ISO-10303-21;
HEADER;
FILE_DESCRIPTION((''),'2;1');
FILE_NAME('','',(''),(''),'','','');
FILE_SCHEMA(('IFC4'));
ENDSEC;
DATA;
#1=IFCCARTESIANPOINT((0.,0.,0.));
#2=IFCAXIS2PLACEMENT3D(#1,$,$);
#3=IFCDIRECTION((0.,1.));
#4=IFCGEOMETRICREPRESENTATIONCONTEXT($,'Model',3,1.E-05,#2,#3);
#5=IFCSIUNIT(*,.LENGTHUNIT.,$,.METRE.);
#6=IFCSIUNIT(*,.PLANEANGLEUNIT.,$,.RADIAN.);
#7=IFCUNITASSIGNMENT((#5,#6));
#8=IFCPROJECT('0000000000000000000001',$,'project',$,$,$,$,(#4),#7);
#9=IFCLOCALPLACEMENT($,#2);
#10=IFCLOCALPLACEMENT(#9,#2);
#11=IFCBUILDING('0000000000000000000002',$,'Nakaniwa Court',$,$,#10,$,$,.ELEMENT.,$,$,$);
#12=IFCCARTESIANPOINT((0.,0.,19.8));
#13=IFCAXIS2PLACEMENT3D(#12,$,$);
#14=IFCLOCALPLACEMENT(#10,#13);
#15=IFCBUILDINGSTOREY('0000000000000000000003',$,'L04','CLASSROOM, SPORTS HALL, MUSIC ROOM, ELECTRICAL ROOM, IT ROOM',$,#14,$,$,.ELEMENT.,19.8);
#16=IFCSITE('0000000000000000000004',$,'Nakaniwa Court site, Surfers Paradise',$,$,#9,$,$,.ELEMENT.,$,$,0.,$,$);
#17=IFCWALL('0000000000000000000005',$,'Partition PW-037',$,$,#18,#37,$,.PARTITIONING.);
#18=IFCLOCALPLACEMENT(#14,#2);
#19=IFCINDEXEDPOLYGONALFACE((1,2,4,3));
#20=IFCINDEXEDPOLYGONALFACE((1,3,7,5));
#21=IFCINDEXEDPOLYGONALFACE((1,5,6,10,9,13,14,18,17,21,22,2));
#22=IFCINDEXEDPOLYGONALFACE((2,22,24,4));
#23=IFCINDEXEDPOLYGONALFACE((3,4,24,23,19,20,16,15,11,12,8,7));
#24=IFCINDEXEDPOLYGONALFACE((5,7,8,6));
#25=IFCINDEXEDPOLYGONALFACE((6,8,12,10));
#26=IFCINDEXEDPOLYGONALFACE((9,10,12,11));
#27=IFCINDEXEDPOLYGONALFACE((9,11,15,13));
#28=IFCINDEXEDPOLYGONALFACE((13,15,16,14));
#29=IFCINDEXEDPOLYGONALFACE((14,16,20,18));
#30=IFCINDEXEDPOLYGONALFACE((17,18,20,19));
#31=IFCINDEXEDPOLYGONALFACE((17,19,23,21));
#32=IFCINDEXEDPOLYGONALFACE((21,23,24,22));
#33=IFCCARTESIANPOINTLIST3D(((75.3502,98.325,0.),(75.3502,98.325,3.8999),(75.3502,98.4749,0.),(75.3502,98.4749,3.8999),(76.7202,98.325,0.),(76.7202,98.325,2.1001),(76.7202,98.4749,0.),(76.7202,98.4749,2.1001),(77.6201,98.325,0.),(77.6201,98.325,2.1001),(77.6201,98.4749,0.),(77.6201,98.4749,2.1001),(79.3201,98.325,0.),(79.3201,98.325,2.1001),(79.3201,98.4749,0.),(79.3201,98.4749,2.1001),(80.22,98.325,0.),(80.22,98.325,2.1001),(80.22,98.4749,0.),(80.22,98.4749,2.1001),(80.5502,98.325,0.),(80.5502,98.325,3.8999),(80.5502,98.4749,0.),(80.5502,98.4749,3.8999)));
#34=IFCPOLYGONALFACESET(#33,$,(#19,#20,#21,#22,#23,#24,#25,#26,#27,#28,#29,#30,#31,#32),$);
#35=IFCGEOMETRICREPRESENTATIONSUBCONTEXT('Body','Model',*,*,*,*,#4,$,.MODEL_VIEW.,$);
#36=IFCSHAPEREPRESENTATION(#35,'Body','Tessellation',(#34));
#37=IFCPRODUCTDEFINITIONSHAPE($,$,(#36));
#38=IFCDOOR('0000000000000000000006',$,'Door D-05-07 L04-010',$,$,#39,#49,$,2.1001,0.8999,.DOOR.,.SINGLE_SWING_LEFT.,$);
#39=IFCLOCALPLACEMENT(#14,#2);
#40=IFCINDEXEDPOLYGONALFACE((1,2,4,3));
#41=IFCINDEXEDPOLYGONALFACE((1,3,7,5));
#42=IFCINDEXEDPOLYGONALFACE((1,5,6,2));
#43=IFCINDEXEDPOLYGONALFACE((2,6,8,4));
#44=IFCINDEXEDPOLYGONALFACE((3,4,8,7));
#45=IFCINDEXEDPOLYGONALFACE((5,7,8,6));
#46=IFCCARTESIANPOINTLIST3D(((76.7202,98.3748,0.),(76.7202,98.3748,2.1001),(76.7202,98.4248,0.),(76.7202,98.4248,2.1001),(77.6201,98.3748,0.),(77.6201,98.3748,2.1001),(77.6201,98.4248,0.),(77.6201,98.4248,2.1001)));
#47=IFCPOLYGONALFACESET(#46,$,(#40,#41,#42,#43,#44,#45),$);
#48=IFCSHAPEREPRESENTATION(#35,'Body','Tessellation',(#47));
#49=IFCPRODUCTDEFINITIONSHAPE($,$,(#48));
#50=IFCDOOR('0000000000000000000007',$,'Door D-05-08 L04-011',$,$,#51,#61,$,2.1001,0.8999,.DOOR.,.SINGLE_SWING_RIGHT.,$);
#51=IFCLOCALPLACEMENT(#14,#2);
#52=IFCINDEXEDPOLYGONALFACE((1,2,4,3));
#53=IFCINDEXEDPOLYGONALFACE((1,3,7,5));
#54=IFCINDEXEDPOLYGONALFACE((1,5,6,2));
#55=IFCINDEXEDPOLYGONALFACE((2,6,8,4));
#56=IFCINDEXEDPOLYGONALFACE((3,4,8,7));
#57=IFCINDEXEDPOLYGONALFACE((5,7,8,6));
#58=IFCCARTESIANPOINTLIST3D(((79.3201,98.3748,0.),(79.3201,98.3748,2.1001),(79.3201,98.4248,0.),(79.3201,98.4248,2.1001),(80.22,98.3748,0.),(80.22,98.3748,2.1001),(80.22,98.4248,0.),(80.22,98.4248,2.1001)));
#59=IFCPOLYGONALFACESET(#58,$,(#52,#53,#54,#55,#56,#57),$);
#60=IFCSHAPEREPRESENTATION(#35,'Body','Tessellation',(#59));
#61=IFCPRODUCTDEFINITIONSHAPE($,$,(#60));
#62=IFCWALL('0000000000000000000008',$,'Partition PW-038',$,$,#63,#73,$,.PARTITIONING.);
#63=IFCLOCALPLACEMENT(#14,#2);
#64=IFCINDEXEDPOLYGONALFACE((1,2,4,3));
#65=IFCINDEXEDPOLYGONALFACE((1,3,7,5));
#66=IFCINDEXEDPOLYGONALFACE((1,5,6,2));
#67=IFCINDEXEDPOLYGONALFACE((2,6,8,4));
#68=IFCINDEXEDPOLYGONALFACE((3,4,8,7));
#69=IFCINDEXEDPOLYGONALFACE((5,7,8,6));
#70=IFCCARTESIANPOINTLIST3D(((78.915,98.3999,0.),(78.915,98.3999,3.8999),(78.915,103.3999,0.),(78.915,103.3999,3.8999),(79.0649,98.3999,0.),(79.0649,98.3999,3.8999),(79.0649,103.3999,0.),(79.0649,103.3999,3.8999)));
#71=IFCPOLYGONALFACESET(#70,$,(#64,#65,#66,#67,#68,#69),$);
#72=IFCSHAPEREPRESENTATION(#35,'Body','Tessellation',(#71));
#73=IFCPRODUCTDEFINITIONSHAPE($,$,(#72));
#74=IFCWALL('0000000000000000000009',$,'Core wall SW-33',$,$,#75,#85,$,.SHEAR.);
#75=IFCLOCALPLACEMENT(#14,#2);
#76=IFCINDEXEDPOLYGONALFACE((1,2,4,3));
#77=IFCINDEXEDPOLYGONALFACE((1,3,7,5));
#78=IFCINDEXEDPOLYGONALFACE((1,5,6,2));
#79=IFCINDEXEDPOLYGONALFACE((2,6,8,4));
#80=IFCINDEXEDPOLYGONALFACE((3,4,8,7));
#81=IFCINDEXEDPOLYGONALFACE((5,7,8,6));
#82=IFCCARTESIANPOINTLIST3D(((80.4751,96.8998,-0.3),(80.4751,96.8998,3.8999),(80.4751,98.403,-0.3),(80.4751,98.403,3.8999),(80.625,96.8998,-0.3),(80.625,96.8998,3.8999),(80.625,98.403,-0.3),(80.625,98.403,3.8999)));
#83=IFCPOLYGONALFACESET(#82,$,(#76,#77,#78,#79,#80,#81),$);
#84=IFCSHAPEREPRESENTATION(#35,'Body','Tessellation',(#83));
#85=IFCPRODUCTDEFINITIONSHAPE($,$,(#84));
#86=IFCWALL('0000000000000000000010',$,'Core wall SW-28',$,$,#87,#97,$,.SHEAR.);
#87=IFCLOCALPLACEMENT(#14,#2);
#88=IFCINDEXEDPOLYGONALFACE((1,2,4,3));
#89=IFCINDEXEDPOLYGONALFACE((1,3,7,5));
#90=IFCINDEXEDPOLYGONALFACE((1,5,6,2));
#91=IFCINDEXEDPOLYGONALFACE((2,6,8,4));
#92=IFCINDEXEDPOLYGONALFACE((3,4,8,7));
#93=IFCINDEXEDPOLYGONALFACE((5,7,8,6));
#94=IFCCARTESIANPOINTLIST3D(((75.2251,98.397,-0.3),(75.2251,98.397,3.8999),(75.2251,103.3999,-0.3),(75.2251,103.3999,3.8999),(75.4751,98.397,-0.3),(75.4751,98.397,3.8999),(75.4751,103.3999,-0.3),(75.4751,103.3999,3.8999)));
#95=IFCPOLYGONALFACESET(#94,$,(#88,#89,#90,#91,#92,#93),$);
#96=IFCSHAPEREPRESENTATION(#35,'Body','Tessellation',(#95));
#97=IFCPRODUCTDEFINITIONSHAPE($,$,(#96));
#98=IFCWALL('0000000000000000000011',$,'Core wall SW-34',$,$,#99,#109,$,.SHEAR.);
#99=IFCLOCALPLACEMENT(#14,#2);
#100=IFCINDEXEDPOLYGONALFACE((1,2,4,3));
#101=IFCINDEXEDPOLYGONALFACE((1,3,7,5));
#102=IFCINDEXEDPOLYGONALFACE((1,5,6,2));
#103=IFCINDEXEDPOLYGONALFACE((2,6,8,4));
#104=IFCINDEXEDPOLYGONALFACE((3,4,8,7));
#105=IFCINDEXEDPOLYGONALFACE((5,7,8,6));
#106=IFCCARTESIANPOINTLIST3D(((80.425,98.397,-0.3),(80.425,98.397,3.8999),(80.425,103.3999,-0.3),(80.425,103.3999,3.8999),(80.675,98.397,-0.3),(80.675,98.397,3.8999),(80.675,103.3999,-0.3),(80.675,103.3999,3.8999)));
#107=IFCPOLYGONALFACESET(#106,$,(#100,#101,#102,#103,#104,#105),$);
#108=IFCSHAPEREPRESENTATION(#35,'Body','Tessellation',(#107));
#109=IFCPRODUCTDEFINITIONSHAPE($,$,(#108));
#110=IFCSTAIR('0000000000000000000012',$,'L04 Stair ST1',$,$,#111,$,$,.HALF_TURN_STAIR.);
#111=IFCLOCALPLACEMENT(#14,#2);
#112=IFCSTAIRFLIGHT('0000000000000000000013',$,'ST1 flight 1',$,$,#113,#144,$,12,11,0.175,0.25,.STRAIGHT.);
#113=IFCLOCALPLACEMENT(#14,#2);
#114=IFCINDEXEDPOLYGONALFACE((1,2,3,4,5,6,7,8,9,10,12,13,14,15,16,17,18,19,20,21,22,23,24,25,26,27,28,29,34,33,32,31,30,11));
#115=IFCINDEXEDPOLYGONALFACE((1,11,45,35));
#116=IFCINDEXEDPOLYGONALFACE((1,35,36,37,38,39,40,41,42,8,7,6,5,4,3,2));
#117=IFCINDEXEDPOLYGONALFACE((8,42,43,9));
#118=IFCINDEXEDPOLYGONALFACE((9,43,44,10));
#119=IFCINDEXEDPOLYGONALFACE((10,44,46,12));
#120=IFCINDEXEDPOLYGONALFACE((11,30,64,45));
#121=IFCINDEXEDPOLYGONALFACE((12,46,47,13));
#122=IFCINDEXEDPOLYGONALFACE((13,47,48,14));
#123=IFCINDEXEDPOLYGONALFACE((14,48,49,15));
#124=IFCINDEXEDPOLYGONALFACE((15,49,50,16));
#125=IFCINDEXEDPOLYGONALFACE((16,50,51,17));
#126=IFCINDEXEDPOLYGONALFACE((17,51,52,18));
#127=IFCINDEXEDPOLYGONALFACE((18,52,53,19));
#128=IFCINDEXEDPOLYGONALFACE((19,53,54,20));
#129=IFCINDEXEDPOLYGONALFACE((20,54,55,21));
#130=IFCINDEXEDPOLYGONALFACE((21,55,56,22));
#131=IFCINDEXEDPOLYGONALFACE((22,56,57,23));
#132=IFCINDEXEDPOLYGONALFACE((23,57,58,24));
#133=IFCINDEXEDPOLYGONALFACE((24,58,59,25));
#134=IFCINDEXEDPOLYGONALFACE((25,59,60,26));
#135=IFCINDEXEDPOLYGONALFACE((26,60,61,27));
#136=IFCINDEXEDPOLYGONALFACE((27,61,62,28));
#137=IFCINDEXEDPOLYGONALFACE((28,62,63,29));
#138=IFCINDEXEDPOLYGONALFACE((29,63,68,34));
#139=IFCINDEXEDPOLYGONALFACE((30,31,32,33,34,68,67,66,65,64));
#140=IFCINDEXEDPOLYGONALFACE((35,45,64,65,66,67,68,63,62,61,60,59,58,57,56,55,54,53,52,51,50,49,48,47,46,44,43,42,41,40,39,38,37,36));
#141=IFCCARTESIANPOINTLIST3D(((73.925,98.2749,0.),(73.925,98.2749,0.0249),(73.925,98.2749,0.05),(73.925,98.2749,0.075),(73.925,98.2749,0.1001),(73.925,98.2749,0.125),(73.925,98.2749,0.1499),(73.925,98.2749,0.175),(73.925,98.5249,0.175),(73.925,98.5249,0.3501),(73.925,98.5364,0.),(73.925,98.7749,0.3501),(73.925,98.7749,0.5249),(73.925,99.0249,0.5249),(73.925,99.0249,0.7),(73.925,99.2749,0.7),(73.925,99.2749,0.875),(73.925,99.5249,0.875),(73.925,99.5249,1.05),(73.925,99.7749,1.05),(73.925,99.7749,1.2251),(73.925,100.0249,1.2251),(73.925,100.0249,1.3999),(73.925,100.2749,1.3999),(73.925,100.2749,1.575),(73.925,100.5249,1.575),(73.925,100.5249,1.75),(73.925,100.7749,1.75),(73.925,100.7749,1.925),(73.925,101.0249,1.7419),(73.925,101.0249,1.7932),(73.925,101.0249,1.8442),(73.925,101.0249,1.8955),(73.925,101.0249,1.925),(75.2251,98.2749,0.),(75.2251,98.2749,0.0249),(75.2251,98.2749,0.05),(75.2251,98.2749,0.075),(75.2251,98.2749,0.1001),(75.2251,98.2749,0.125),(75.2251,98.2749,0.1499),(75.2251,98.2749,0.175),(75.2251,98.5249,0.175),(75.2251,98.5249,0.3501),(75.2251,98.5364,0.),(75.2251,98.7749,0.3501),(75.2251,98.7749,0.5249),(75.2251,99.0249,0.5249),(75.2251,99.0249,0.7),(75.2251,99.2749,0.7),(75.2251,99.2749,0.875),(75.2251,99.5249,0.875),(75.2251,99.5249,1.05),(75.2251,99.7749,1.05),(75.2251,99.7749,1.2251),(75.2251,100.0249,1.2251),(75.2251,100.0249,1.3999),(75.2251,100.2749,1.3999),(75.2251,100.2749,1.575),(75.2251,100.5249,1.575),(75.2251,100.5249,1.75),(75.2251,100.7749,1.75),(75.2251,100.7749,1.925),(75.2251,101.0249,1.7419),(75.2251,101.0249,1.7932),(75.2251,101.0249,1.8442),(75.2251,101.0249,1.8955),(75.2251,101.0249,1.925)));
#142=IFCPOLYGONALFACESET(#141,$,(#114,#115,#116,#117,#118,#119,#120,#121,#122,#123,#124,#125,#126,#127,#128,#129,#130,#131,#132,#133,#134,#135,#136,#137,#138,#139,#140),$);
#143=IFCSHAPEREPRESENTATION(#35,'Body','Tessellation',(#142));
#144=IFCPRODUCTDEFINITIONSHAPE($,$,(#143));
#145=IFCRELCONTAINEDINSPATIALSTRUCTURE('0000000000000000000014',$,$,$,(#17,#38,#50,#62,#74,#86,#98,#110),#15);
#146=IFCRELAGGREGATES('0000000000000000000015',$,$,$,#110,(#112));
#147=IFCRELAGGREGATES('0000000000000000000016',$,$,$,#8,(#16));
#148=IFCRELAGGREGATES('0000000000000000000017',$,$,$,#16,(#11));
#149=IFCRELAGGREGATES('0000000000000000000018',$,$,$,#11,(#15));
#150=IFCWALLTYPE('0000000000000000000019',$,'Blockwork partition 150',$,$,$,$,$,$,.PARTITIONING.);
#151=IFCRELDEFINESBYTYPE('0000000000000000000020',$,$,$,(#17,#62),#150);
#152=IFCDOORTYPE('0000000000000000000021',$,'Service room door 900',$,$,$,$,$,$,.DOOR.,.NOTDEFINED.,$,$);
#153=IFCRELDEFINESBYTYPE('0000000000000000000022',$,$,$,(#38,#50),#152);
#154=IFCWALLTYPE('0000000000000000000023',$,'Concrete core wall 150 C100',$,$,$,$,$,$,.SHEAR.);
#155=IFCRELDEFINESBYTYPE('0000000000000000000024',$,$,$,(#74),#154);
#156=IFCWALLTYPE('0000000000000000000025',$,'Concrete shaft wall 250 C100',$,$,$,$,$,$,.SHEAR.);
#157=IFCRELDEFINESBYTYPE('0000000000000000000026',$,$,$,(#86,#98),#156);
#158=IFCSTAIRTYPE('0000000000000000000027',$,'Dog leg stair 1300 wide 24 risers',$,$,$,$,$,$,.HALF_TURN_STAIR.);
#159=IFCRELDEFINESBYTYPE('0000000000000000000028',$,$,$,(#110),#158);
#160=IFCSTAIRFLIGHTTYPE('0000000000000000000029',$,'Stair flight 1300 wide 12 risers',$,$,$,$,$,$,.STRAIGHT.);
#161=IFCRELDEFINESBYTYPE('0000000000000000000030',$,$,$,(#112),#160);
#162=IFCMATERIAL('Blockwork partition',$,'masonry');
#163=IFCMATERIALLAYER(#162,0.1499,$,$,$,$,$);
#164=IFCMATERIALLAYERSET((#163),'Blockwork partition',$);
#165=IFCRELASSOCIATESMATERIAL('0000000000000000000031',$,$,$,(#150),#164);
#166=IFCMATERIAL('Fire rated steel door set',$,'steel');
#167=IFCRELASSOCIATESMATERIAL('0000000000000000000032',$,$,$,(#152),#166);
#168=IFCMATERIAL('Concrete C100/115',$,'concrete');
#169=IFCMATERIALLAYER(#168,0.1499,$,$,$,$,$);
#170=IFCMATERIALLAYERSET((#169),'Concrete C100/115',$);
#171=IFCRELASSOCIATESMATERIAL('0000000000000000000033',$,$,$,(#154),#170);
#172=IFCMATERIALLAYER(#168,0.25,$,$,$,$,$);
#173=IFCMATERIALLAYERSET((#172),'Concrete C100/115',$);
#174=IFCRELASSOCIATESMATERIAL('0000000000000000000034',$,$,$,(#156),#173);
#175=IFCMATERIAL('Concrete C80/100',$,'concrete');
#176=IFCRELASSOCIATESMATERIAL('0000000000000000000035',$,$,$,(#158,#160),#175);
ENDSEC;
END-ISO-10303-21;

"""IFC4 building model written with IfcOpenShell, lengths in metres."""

from ifc_helpers import new_model, si_unit, direction, frame, frame_2d, origin, place, context, subcontext, project, spatial, polyline, rectangle, outline, extrude, material, layer, layer_set, type_object, element, fill, aggregate, save


model = new_model("IFC4")

# Units and contexts
model_context = context("Model", 3, precision=1e-05, world=origin(), true_north=direction((0.0, 1.0)))
body_context = subcontext(model_context, "Body", "Model", "MODEL_VIEW")
ifc_project = project(units=[si_unit("LENGTHUNIT", "METRE"), si_unit("PLANEANGLEUNIT", "RADIAN")], contexts=[model_context])

# Site, building, storey
site_placement = place(None, origin())
site = spatial("IfcSite", under=ifc_project, at=site_placement, Name="Nakaniwa Court site, Surfers Paradise", CompositionType="ELEMENT", RefElevation=0.0)
building_placement = place(site_placement, origin())
building = spatial("IfcBuilding", under=site, at=building_placement, Name="Nakaniwa Court", CompositionType="ELEMENT")
storey_placement = place(building_placement, frame((0.0, 0.0, 19.8)))
storey = spatial("IfcBuildingStorey", under=building, at=storey_placement, Name="L04", Description="CLASSROOM, SPORTS HALL, MUSIC ROOM, ELECTRICAL ROOM, IT ROOM", CompositionType="ELEMENT", Elevation=19.8)

# Wall, openings, doors
ifc_material_1 = material(Name="Blockwork partition", Category="masonry")
ifc_layer_1 = layer(ifc_material_1, 0.1499)
ifc_layer_set_1 = layer_set([ifc_layer_1], Name="Blockwork partition")
wall_type_1 = type_object("IfcWallType", Name="Blockwork partition 150", PredefinedType="PARTITIONING", material=ifc_layer_set_1)
wall_1_placement = place(storey_placement, frame((75.3501, 98.3999, 0.0), z_axis=(0.0, 0.0, 1.0), x_axis=(1.0, 0.0, 0.0)))
wall_1 = element("IfcWall", 1, at=wall_1_placement, inside=storey, type_object=wall_type_1, Name="Partition PW-037", PredefinedType="PARTITIONING", context=body_context, shape_type="SweptSolid", body=[
    extrude(rectangle(XDim=5.2, YDim=0.1499, at=frame_2d((2.6001, 0.0))), origin(), (0.0, 0.0, 1.0), 3.8999),
])
opening_1_placement = place(wall_1_placement, frame((1.3701, 0.0, 0.0)))
opening_1 = element("IfcOpeningElement", 2, at=opening_1_placement, cuts=wall_1, PredefinedType="OPENING", context=body_context, shape_type="SweptSolid", body=[
    extrude(rectangle(XDim=0.8999, YDim=2.1001, at=frame_2d((0.45, 1.05))), frame((0.0, 0.085, 0.0), z_axis=(0.0, -1.0, 0.0), x_axis=(1.0, 0.0, 0.0)), (0.0, 0.0, 1.0), 0.1699),
])
opening_2_placement = place(wall_1_placement, frame((3.97, 0.0, 0.0)))
opening_2 = element("IfcOpeningElement", 3, at=opening_2_placement, cuts=wall_1, PredefinedType="OPENING", context=body_context, shape_type="SweptSolid", body=[
    extrude(rectangle(XDim=0.8999, YDim=2.1001, at=frame_2d((0.45, 1.05))), frame((0.0, 0.085, 0.0), z_axis=(0.0, -1.0, 0.0), x_axis=(1.0, 0.0, 0.0)), (0.0, 0.0, 1.0), 0.1699),
])
ifc_material_2 = material(Name="Fire rated steel door set", Category="steel")
door_type = type_object("IfcDoorType", Name="Service room door 900", OperationType="NOTDEFINED", PredefinedType="DOOR", material=ifc_material_2)
door_1_placement = place(opening_1_placement, origin())
door_1 = element("IfcDoor", 4, at=door_1_placement, inside=storey, type_object=door_type, Name="Door D-05-07 L04-010", OperationType="SINGLE_SWING_LEFT", OverallHeight=2.1001, OverallWidth=0.8999, PredefinedType="DOOR", context=body_context, shape_type="SweptSolid", body=[
    extrude(rectangle(XDim=0.8999, YDim=2.1001, at=frame_2d((0.45, 1.05))), frame((0.0, 0.0249, 0.0), z_axis=(0.0, -1.0, 0.0), x_axis=(1.0, 0.0, 0.0)), (0.0, 0.0, 1.0), 0.05),
])
fill(opening_1, door_1)
door_2_placement = place(opening_2_placement, origin())
door_2 = element("IfcDoor", 5, at=door_2_placement, inside=storey, type_object=door_type, Name="Door D-05-08 L04-011", OperationType="SINGLE_SWING_RIGHT", OverallHeight=2.1001, OverallWidth=0.8999, PredefinedType="DOOR", context=body_context, shape_type="SweptSolid", body=[
    extrude(rectangle(XDim=0.8999, YDim=2.1001, at=frame_2d((0.45, 1.05))), frame((0.0, 0.0249, 0.0), z_axis=(0.0, -1.0, 0.0), x_axis=(1.0, 0.0, 0.0)), (0.0, 0.0, 1.0), 0.05),
])
fill(opening_2, door_2)

# Walls
wall_2_placement = place(storey_placement, frame((78.99, 98.3999, 0.0), z_axis=(0.0, 0.0, 1.0), x_axis=(0.0, 1.0, 0.0)))
element("IfcWall", 6, at=wall_2_placement, inside=storey, type_object=wall_type_1, Name="Partition PW-038", PredefinedType="PARTITIONING", context=body_context, shape_type="SweptSolid", body=[
    extrude(rectangle(XDim=5.0, YDim=0.1499, at=frame_2d((2.5, 0.0))), origin(), (0.0, 0.0, 1.0), 3.8999),
])
ifc_material_3 = material(Name="Concrete C100/115", Category="concrete")
ifc_layer_2 = layer(ifc_material_3, 0.1499)
ifc_layer_set_2 = layer_set([ifc_layer_2], Name="Concrete C100/115")
wall_type_2 = type_object("IfcWallType", Name="Concrete core wall 150 C100", PredefinedType="SHEAR", material=ifc_layer_set_2)
wall_3_placement = place(storey_placement, frame((80.55, 96.8999, -0.3), z_axis=(0.0, 0.0, 1.0), x_axis=(0.0, 1.0, 0.0)))
element("IfcWall", 7, at=wall_3_placement, inside=storey, type_object=wall_type_2, Name="Core wall SW-33", PredefinedType="SHEAR", context=body_context, shape_type="SweptSolid", body=[
    extrude(rectangle(XDim=1.5032, YDim=0.1499, at=frame_2d((0.7515, 0.0))), origin(), (0.0, 0.0, 1.0), 4.2),
])
ifc_layer_3 = layer(ifc_material_3, 0.25)
ifc_layer_set_3 = layer_set([ifc_layer_3], Name="Concrete C100/115")
wall_type_3 = type_object("IfcWallType", Name="Concrete shaft wall 250 C100", PredefinedType="SHEAR", material=ifc_layer_set_3)
for number, where, z_axis, x_axis, name in (
    (8, (75.3501, 98.397, -0.3), (0.0, 0.0, 1.0), (0.0, 1.0, 0.0), "Core wall SW-28"),
    (9, (80.55, 98.397, -0.3), (0.0, 0.0, 1.0), (0.0, 1.0, 0.0), "Core wall SW-34"),
):
    element("IfcWall", number, at=place(storey_placement, frame(where, z_axis=z_axis, x_axis=x_axis)), inside=storey, type_object=wall_type_3, Name=name, PredefinedType="SHEAR", context=body_context, shape_type="SweptSolid", body=[
        extrude(rectangle(XDim=5.0029, YDim=0.25, at=frame_2d((2.5015, 0.0))), origin(), (0.0, 0.0, 1.0), 4.2),
    ])

# Stair, stair flight
ifc_material_4 = material(Name="Concrete C80/100", Category="concrete")
stair_type = type_object("IfcStairType", Name="Dog leg stair 1300 wide 24 risers", PredefinedType="HALF_TURN_STAIR", material=ifc_material_4)
stair_1_placement = place(storey_placement, origin())
stair_1 = element("IfcStair", 10, at=stair_1_placement, inside=storey, type_object=stair_type, Name="L04 Stair ST1", PredefinedType="HALF_TURN_STAIR")
stair_flight_type = type_object("IfcStairFlightType", Name="Stair flight 1300 wide 12 risers", PredefinedType="STRAIGHT", material=ifc_material_4)
stair_flight_1_placement = place(storey_placement, frame((74.575, 98.2749, 0.0), z_axis=(0.0, 0.0, 1.0), x_axis=(0.0, 1.0, 0.0)))
stair_flight_1 = element("IfcStairFlight", 11, at=stair_flight_1_placement, type_object=stair_flight_type, Name="ST1 flight 1", NumberOfRisers=12, NumberOfTreads=11, PredefinedType="STRAIGHT", RiserHeight=0.175, TreadLength=0.25, context=body_context, shape_type="SweptSolid", body=[
    extrude(outline(polyline([(0.0, 0.0), (0.0, 0.0249), (0.0, 0.05), (0.0, 0.075), (0.0, 0.1001), (0.0, 0.125), (0.0, 0.1499), (0.0, 0.175), (0.25, 0.175), (0.25, 0.3501), (0.5, 0.3501), (0.5, 0.5249), (0.75, 0.5249), (0.75, 0.7), (1.0, 0.7), (1.0, 0.875), (1.25, 0.875), (1.25, 1.05), (1.5, 1.05), (1.5, 1.2251), (1.75, 1.2251), (1.75, 1.3999), (2.0, 1.3999), (2.0, 1.575), (2.25, 1.575), (2.25, 1.75), (2.5, 1.75), (2.5, 1.925), (2.75, 1.925), (2.75, 2.1001), (2.75, 2.0488), (2.75, 1.9978), (2.75, 1.9465), (2.75, 1.8955), (2.75, 1.8442), (2.75, 1.7932), (2.75, 1.7419), (0.2615, 0.0), (0.0, 0.0)])), frame((0.0, 0.6499, 0.0), z_axis=(0.0, -1.0, 0.0), x_axis=(1.0, 0.0, 0.0)), (0.0, 0.0, 1.0), 1.3),
])
aggregate(stair_1, [stair_flight_1])

save(model, "model.ifc")
